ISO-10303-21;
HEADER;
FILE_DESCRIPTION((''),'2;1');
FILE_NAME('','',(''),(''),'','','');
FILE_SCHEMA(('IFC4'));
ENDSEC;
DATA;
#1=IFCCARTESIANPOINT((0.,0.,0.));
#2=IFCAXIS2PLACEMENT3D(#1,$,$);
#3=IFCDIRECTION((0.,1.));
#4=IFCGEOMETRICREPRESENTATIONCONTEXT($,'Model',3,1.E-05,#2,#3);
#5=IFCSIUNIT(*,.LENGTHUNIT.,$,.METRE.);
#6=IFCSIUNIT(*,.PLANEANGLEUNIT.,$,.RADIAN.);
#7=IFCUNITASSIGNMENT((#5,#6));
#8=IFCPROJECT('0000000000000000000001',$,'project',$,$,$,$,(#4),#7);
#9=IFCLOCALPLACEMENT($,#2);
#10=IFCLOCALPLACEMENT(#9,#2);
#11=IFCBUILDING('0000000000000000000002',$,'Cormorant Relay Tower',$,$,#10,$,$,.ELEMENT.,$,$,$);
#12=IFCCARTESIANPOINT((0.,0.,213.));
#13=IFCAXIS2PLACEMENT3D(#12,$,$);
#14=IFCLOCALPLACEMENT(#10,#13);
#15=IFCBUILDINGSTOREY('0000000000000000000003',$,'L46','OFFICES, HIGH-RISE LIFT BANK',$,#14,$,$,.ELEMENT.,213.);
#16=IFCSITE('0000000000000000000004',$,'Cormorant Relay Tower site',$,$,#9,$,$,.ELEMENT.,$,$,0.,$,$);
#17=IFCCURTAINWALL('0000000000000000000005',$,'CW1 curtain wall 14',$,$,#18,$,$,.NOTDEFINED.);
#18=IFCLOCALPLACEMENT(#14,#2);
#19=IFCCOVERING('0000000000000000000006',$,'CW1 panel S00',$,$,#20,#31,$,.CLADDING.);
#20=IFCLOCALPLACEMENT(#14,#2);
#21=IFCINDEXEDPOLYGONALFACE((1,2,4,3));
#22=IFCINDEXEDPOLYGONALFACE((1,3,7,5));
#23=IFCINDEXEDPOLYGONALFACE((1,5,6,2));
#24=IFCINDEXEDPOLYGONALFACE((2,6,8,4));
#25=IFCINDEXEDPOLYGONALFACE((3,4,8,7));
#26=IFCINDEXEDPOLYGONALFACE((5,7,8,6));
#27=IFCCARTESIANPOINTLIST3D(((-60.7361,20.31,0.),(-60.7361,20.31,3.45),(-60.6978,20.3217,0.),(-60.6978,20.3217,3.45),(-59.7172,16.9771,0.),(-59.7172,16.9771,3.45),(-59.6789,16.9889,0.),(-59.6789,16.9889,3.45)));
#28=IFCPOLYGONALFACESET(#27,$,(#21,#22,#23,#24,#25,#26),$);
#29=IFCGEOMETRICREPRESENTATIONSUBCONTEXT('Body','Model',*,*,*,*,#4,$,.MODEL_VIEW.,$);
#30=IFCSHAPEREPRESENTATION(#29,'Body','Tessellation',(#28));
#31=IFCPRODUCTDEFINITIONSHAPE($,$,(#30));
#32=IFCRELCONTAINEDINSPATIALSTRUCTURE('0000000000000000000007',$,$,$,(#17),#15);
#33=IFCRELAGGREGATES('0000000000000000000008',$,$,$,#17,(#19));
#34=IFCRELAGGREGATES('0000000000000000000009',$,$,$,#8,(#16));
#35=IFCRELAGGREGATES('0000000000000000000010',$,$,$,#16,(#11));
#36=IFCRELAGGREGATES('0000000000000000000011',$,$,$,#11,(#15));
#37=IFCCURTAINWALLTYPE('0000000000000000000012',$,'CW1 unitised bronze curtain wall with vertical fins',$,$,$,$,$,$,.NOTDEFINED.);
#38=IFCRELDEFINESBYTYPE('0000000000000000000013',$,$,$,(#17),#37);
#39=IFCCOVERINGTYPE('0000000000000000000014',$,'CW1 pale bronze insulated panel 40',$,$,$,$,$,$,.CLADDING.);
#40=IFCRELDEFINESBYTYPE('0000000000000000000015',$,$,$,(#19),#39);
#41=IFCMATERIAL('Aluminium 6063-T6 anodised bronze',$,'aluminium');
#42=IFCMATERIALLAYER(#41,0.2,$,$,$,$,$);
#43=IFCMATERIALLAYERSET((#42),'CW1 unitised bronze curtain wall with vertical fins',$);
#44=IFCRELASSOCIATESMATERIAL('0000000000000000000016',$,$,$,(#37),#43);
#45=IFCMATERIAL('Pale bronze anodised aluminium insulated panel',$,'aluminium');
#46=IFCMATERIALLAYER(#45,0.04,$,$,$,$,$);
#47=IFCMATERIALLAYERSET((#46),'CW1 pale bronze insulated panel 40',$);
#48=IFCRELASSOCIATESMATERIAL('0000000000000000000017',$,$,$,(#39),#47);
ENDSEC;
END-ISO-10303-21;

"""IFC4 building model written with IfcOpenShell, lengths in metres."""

from ifc_helpers import new_model, si_unit, direction, frame, origin, origin_2d, place, context, subcontext, project, spatial, rectangle, extrude, material, layer, layer_set, type_object, element, aggregate, save


model = new_model("IFC4")

# Units and contexts
model_context = context("Model", 3, precision=1e-05, world=origin(), true_north=direction((0.0, 1.0)))
body_context = subcontext(model_context, "Body", "Model", "MODEL_VIEW")
ifc_project = project(units=[si_unit("LENGTHUNIT", "METRE"), si_unit("PLANEANGLEUNIT", "RADIAN")], contexts=[model_context])

# Site, building, storey
site_placement = place(None, origin())
site = spatial("IfcSite", under=ifc_project, at=site_placement, Name="Cormorant Relay Tower site", CompositionType="ELEMENT", RefElevation=0.0)
building_placement = place(site_placement, origin())
building = spatial("IfcBuilding", under=site, at=building_placement, Name="Cormorant Relay Tower", CompositionType="ELEMENT")
storey_placement = place(building_placement, frame((0.0, 0.0, 213.0)))
storey = spatial("IfcBuildingStorey", under=building, at=storey_placement, Name="L46", Description="OFFICES, HIGH-RISE LIFT BANK", CompositionType="ELEMENT", Elevation=213.0)

# Curtain wall
ifc_material_1 = material(Name="Aluminium 6063-T6 anodised bronze", Category="aluminium")
ifc_layer_1 = layer(ifc_material_1, 0.2)
ifc_layer_set_1 = layer_set([ifc_layer_1], Name="CW1 unitised bronze curtain wall with vertical fins")
curtain_wall_type = type_object("IfcCurtainWallType", Name="CW1 unitised bronze curtain wall with vertical fins", PredefinedType="NOTDEFINED", material=ifc_layer_set_1)
curtain_wall_1_placement = place(storey_placement, origin())
curtain_wall_1 = element("IfcCurtainWall", 1, at=curtain_wall_1_placement, inside=storey, type_object=curtain_wall_type, Name="CW1 curtain wall 14", PredefinedType="NOTDEFINED")

# Covering
ifc_material_2 = material(Name="Pale bronze anodised aluminium insulated panel", Category="aluminium")
ifc_layer_2 = layer(ifc_material_2, 0.04)
ifc_layer_set_2 = layer_set([ifc_layer_2], Name="CW1 pale bronze insulated panel 40")
covering_type = type_object("IfcCoveringType", Name="CW1 pale bronze insulated panel 40", PredefinedType="CLADDING", material=ifc_layer_set_2)
covering_1_placement = place(storey_placement, frame((-60.2075, 18.6494, 0.0), z_axis=(0.0, 0.0, 1.0), x_axis=(0.292372, -0.956305, 0.0)))
covering_1 = element("IfcCovering", 2, at=covering_1_placement, type_object=covering_type, Name="CW1 panel S00", PredefinedType="CLADDING", context=body_context, shape_type="SweptSolid", body=[
    extrude(rectangle(XDim=3.4851, YDim=0.04, at=origin_2d()), origin(), (0.0, 0.0, 1.0), 3.45),
])
aggregate(curtain_wall_1, [covering_1])

save(model, "model.ifc")
